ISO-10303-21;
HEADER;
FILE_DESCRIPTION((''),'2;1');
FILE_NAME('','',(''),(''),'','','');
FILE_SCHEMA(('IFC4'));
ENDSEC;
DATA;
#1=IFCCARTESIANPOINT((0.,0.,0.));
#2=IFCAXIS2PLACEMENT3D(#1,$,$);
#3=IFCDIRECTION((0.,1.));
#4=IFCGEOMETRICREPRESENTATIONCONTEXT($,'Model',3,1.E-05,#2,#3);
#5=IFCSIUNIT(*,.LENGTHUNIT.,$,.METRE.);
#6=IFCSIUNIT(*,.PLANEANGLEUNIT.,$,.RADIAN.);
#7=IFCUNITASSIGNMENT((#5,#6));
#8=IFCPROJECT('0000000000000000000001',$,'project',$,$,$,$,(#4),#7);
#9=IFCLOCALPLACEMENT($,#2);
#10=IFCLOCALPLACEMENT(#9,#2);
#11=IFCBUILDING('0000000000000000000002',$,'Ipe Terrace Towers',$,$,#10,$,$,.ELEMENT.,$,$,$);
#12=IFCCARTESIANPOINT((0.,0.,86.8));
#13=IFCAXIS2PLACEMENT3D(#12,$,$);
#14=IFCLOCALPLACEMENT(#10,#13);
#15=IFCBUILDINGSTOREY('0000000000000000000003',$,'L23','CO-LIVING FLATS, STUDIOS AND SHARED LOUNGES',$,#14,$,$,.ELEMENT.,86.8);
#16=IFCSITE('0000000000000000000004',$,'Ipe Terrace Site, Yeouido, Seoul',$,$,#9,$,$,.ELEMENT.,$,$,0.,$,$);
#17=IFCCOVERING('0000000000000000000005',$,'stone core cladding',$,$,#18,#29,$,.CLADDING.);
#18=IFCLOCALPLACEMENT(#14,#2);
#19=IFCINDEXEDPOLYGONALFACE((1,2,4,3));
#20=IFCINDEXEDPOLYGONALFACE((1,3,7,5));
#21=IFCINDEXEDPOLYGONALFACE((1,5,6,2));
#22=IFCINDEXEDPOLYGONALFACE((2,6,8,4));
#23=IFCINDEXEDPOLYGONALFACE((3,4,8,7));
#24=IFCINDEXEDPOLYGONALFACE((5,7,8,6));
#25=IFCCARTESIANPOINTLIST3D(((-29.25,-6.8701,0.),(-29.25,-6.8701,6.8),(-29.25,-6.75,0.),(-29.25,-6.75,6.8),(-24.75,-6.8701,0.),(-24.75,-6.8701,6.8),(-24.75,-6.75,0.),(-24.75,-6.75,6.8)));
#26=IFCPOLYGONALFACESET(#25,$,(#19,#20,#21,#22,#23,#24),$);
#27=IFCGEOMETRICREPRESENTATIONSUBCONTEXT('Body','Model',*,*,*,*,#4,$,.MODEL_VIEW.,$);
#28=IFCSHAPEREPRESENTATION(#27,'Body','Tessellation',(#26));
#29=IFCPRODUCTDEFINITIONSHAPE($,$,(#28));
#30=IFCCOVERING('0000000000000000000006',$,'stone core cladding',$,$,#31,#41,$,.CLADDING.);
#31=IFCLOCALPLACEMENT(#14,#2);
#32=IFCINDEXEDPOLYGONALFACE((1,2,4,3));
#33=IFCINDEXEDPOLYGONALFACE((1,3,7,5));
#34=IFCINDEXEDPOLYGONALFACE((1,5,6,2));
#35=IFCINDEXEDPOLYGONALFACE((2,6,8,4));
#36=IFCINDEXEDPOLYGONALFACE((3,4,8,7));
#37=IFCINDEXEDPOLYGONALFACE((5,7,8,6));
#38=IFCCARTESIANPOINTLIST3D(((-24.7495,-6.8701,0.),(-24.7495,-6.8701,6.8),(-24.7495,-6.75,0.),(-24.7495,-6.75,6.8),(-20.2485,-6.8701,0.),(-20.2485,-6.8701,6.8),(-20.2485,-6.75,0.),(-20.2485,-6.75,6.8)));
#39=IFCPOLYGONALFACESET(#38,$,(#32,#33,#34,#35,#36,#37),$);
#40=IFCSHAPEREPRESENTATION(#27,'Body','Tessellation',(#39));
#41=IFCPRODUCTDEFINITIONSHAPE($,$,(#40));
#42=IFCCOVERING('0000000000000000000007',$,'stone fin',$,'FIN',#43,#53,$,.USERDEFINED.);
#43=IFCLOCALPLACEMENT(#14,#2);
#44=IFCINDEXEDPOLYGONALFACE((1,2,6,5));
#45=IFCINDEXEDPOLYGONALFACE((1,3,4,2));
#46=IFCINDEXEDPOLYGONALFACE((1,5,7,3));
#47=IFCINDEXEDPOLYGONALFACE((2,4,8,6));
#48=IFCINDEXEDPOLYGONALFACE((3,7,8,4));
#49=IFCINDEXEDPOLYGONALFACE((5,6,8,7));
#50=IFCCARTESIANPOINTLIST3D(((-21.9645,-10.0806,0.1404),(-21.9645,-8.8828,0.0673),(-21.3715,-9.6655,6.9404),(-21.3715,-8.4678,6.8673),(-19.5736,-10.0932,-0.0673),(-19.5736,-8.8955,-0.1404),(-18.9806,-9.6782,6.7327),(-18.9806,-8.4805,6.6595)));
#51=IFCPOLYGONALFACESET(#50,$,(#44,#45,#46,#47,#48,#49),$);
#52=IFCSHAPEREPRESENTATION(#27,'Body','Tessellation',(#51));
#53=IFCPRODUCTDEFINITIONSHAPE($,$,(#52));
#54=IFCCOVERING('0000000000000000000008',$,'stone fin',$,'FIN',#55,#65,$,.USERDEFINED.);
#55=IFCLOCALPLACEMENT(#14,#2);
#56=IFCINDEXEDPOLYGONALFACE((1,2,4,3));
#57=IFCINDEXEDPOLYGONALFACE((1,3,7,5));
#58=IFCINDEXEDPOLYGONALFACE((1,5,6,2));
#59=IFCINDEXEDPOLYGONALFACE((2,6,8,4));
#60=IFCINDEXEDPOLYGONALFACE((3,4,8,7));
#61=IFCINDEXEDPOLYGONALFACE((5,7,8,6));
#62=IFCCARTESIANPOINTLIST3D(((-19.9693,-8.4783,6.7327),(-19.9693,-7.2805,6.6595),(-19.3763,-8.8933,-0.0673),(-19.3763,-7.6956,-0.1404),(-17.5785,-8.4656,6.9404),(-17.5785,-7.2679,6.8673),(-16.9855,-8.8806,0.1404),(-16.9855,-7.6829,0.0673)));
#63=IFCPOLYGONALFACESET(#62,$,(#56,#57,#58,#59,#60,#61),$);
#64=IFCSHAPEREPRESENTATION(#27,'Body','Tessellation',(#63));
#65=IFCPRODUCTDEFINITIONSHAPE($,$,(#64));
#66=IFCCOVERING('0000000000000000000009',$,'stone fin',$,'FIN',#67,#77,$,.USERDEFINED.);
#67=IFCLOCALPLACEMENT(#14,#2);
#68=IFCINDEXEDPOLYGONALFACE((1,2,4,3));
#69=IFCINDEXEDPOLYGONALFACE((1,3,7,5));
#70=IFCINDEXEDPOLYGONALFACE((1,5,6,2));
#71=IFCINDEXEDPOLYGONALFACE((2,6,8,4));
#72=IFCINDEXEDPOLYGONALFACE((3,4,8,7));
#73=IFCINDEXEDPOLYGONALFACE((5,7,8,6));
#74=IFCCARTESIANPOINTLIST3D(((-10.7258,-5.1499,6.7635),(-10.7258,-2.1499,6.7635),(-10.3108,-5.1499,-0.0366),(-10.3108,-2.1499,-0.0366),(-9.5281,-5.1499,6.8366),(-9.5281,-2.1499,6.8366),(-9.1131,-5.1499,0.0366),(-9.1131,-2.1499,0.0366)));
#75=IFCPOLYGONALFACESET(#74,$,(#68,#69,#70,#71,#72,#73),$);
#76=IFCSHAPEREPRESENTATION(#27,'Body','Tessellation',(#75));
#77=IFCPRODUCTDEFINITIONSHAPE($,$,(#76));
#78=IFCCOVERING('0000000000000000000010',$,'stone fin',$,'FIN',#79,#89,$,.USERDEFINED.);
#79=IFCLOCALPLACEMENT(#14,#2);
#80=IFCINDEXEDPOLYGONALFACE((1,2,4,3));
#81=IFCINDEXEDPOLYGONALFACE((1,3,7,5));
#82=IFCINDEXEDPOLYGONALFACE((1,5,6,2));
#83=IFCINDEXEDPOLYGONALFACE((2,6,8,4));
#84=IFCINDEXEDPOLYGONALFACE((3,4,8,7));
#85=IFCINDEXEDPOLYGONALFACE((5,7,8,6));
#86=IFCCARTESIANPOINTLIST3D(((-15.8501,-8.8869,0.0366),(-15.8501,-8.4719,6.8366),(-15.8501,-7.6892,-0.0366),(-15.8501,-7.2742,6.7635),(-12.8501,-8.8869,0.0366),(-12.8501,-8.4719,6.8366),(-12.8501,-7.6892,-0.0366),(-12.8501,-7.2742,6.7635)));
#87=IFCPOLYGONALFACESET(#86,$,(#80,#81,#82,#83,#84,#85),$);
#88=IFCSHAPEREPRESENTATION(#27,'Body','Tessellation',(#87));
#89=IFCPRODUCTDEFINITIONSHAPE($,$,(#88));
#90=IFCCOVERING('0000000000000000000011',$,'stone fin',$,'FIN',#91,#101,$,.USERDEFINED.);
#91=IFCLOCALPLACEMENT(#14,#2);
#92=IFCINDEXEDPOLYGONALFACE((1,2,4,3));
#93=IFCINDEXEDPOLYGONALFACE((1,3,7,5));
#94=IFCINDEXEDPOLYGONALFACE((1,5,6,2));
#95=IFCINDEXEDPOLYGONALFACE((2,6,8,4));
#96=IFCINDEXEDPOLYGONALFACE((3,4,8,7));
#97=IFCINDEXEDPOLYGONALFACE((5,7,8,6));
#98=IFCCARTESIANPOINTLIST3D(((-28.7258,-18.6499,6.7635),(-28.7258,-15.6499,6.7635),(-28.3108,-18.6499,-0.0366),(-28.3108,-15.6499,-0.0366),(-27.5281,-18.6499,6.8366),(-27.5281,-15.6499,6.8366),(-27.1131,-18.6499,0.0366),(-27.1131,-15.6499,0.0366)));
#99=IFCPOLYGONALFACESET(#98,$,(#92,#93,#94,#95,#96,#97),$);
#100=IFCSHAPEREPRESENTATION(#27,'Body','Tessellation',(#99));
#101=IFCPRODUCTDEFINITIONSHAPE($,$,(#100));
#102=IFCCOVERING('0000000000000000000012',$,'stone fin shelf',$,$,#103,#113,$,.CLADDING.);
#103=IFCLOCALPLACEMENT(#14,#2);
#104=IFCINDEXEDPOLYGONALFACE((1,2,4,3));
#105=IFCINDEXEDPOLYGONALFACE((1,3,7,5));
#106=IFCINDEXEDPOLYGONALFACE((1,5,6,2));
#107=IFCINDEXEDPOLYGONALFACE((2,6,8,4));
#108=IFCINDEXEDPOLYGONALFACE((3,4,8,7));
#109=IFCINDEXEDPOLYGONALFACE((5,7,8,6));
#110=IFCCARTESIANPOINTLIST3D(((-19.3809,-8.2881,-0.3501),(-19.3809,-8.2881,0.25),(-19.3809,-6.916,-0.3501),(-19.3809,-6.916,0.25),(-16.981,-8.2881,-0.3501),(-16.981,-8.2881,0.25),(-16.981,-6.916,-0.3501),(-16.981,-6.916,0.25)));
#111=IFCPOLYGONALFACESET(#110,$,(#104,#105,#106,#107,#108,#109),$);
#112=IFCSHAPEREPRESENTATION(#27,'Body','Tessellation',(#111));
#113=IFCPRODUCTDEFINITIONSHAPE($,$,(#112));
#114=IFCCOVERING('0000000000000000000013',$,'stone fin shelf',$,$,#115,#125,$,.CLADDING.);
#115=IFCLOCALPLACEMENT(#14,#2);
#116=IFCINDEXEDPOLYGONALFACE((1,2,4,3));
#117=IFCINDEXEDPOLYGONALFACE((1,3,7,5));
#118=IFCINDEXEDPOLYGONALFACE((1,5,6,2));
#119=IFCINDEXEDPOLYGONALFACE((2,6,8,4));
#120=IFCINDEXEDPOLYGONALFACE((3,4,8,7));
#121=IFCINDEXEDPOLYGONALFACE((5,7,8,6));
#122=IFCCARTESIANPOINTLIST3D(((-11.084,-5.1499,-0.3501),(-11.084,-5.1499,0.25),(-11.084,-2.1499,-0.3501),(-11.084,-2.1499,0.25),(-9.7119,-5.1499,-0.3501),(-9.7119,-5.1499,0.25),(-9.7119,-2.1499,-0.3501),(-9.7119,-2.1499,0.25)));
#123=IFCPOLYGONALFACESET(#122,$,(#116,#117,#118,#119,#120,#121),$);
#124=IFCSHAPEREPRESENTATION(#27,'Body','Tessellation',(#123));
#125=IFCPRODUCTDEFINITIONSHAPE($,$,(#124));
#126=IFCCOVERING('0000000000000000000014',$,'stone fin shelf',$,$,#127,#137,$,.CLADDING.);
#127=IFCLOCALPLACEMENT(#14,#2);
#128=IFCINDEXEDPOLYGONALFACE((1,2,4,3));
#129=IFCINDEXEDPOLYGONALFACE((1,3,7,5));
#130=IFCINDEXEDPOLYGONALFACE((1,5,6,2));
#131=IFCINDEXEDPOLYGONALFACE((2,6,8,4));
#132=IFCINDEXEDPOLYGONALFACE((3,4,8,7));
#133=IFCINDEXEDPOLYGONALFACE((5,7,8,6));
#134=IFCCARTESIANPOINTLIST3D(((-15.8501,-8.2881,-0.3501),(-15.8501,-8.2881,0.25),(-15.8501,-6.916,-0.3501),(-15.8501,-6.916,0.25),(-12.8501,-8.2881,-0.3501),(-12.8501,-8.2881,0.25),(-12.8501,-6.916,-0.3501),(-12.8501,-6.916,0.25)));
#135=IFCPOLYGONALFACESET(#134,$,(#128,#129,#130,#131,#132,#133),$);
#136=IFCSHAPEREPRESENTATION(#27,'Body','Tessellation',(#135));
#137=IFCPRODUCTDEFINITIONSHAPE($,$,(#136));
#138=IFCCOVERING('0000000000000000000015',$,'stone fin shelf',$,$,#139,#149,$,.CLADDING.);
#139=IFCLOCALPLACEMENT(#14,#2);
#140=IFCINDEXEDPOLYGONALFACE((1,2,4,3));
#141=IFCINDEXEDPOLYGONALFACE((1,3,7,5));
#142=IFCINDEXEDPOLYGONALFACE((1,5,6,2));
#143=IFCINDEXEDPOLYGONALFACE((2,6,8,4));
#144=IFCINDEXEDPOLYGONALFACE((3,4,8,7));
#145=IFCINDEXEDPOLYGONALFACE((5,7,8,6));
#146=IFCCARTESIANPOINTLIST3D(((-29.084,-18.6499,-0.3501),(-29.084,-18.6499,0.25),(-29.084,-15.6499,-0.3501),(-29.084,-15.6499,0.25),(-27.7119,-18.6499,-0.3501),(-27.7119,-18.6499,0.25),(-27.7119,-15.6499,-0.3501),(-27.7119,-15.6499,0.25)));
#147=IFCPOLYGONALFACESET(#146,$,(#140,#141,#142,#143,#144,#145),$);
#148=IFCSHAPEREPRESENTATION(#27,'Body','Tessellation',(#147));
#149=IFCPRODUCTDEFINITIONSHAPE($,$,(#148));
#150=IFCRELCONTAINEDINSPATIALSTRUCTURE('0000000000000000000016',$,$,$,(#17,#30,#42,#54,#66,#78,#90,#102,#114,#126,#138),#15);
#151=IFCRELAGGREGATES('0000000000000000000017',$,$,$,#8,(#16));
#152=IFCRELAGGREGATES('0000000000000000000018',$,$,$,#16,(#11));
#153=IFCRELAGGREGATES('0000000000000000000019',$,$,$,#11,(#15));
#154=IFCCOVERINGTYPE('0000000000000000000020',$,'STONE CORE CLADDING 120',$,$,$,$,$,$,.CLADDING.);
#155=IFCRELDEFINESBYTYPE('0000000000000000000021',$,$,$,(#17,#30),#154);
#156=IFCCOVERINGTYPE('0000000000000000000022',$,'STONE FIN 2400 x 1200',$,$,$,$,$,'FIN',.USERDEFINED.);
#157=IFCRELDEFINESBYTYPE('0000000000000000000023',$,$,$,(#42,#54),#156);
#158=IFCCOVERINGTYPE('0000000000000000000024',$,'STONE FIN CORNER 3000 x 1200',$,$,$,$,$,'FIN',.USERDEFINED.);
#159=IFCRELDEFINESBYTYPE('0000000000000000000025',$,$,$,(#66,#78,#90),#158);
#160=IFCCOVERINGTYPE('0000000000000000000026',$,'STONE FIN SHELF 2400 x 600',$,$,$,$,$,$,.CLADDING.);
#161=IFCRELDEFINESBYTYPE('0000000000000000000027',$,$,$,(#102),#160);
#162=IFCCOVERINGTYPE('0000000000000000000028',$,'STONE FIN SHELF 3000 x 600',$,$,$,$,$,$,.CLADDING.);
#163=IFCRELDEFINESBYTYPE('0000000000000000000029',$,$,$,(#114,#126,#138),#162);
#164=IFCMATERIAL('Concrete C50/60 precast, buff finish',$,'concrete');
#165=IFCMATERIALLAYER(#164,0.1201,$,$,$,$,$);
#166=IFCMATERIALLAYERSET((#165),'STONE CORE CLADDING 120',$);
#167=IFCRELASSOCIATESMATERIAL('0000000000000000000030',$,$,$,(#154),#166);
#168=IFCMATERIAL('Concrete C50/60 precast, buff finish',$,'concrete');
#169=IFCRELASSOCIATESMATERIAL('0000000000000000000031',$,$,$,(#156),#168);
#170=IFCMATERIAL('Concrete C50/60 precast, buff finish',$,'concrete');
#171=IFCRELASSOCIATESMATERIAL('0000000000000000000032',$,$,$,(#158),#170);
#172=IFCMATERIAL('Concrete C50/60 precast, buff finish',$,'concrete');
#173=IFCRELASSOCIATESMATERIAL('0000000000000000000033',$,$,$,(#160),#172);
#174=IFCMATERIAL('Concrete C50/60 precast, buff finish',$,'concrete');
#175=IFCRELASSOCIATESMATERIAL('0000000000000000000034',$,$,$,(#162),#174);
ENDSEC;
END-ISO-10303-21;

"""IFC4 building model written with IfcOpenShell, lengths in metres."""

from ifc_helpers import new_model, si_unit, direction, frame, origin, origin_2d, place, context, subcontext, project, spatial, rectangle, extrude, material, layer, layer_set, material_profile, profile_set, type_object, element, save


model = new_model("IFC4")

# Units and contexts
model_context = context("Model", 3, precision=1e-05, world=origin(), true_north=direction((0.0, 1.0)))
body_context = subcontext(model_context, "Body", "Model", "MODEL_VIEW")
ifc_project = project(units=[si_unit("LENGTHUNIT", "METRE"), si_unit("PLANEANGLEUNIT", "RADIAN")], contexts=[model_context])

# Site, building, storey
site_placement = place(None, origin())
site = spatial("IfcSite", under=ifc_project, at=site_placement, Name="Ipe Terrace Site, Yeouido, Seoul", CompositionType="ELEMENT", RefElevation=0.0)
building_placement = place(site_placement, origin())
building = spatial("IfcBuilding", under=site, at=building_placement, Name="Ipe Terrace Towers", CompositionType="ELEMENT")
storey_placement = place(building_placement, frame((0.0, 0.0, 86.8)))
storey = spatial("IfcBuildingStorey", under=building, at=storey_placement, Name="L23", Description="CO-LIVING FLATS, STUDIOS AND SHARED LOUNGES", CompositionType="ELEMENT", Elevation=86.8)

# Coverings
ifc_material_1 = material(Name="Concrete C50/60 precast, buff finish", Category="concrete")
ifc_layer_1 = layer(ifc_material_1, 0.1201)
ifc_layer_set_1 = layer_set([ifc_layer_1], Name="STONE CORE CLADDING 120")
covering_type_1 = type_object("IfcCoveringType", Name="STONE CORE CLADDING 120", PredefinedType="CLADDING", material=ifc_layer_set_1)
covering_1_placement = place(storey_placement, frame((-27.0, -6.8101, 0.0), z_axis=(0.0, 0.0, 1.0), x_axis=(1.0, 0.0, 0.0)))
element("IfcCovering", 1, at=covering_1_placement, inside=storey, type_object=covering_type_1, Name="stone core cladding", PredefinedType="CLADDING", context=body_context, shape_type="SweptSolid", body=[
    extrude(rectangle(XDim=4.5, YDim=0.1201, at=origin_2d()), origin(), (0.0, 0.0, 1.0), 6.8),
])
covering_2_placement = place(storey_placement, frame((-22.499, -6.8101, 0.0), z_axis=(0.0, 0.0, 1.0), x_axis=(1.0, 0.0, 0.0)))
element("IfcCovering", 2, at=covering_2_placement, inside=storey, type_object=covering_type_1, Name="stone core cladding", PredefinedType="CLADDING", context=body_context, shape_type="SweptSolid", body=[
    extrude(rectangle(XDim=4.501, YDim=0.1201, at=origin_2d()), origin(), (0.0, 0.0, 1.0), 6.8),
])
ifc_material_2 = material(Name="Concrete C50/60 precast, buff finish", Category="concrete")
ifc_material_profile_1 = material_profile(ifc_material_2, rectangle(XDim=2.3999, YDim=1.2, at=origin_2d()), Name="STONE FIN 2400 x 1200")
ifc_profile_set_1 = profile_set([ifc_material_profile_1], Name="Concrete C50/60 precast, buff finish")
covering_type_2 = type_object("IfcCoveringType", Name="STONE FIN 2400 x 1200", ElementType="FIN", PredefinedType="USERDEFINED", material=ifc_profile_set_1)
for number, where, z_axis, x_axis, name in (
    (3, (-20.769, -9.488, 0.0), (0.086718, 0.060692, 0.994382), (0.996233, -0.005283, -0.086557), "stone fin"),
    (4, (-18.1809, -8.2881, 0.0), (-0.086718, 0.060692, 0.994382), (0.996233, 0.005283, 0.086557), "stone fin"),
):
    element("IfcCovering", number, at=place(storey_placement, frame(where, z_axis=z_axis, x_axis=x_axis)), inside=storey, type_object=covering_type_2, Name=name, ObjectType="FIN", PredefinedType="USERDEFINED", context=body_context, shape_type="SweptSolid", body=[
        extrude(rectangle(XDim=2.3999, YDim=1.2, at=origin_2d()), origin(), (0.0, 0.0, 1.0), 6.8384),
    ])
ifc_material_3 = material(Name="Concrete C50/60 precast, buff finish", Category="concrete")
ifc_material_profile_2 = material_profile(ifc_material_3, rectangle(XDim=3.0, YDim=1.2, at=origin_2d()), Name="STONE FIN CORNER 3000 x 1200")
ifc_profile_set_2 = profile_set([ifc_material_profile_2], Name="Concrete C50/60 precast, buff finish")
covering_type_3 = type_object("IfcCoveringType", Name="STONE FIN CORNER 3000 x 1200", ElementType="FIN", PredefinedType="USERDEFINED", material=ifc_profile_set_2)
for number, where, z_axis, x_axis, name in (
    (5, (-9.7119, -3.6499, 0.0), (-0.060921, 0.0, 0.998143), (0.0, 1.0, 0.0), "stone fin"),
    (6, (-14.3501, -8.2881, 0.0), (0.0, 0.060921, 0.998143), (1.0, 0.0, 0.0), "stone fin"),
    (7, (-27.7119, -17.1499, 0.0), (-0.060921, 0.0, 0.998143), (0.0, 1.0, 0.0), "stone fin"),
):
    element("IfcCovering", number, at=place(storey_placement, frame(where, z_axis=z_axis, x_axis=x_axis)), inside=storey, type_object=covering_type_3, Name=name, ObjectType="FIN", PredefinedType="USERDEFINED", context=body_context, shape_type="SweptSolid", body=[
        extrude(rectangle(XDim=3.0, YDim=1.2, at=origin_2d()), origin(), (0.0, 0.0, 1.0), 6.8127),
    ])
ifc_material_4 = material(Name="Concrete C50/60 precast, buff finish", Category="concrete")
covering_type_4 = type_object("IfcCoveringType", Name="STONE FIN SHELF 2400 x 600", PredefinedType="CLADDING", material=ifc_material_4)
covering_3_placement = place(storey_placement, frame((-18.1809, -7.6021, -0.3501), z_axis=(0.0, 0.0, 1.0), x_axis=(1.0, 0.0, 0.0)))
element("IfcCovering", 8, at=covering_3_placement, inside=storey, type_object=covering_type_4, Name="stone fin shelf", PredefinedType="CLADDING", context=body_context, shape_type="SweptSolid", body=[
    extrude(rectangle(XDim=2.3999, YDim=1.3721, at=origin_2d()), origin(), (0.0, 0.0, 1.0), 0.6001),
])
ifc_material_5 = material(Name="Concrete C50/60 precast, buff finish", Category="concrete")
covering_type_5 = type_object("IfcCoveringType", Name="STONE FIN SHELF 3000 x 600", PredefinedType="CLADDING", material=ifc_material_5)
for number, where, z_axis, x_axis, name in (
    (9, (-10.3979, -3.6499, -0.3501), (0.0, 0.0, 1.0), (0.0, 1.0, 0.0), "stone fin shelf"),
    (10, (-14.3501, -7.6021, -0.3501), (0.0, 0.0, 1.0), (1.0, 0.0, 0.0), "stone fin shelf"),
    (11, (-28.3979, -17.1499, -0.3501), (0.0, 0.0, 1.0), (0.0, 1.0, 0.0), "stone fin shelf"),
):
    element("IfcCovering", number, at=place(storey_placement, frame(where, z_axis=z_axis, x_axis=x_axis)), inside=storey, type_object=covering_type_5, Name=name, PredefinedType="CLADDING", context=body_context, shape_type="SweptSolid", body=[
        extrude(rectangle(XDim=3.0, YDim=1.3721, at=origin_2d()), origin(), (0.0, 0.0, 1.0), 0.6001),
    ])

save(model, "model.ifc")
